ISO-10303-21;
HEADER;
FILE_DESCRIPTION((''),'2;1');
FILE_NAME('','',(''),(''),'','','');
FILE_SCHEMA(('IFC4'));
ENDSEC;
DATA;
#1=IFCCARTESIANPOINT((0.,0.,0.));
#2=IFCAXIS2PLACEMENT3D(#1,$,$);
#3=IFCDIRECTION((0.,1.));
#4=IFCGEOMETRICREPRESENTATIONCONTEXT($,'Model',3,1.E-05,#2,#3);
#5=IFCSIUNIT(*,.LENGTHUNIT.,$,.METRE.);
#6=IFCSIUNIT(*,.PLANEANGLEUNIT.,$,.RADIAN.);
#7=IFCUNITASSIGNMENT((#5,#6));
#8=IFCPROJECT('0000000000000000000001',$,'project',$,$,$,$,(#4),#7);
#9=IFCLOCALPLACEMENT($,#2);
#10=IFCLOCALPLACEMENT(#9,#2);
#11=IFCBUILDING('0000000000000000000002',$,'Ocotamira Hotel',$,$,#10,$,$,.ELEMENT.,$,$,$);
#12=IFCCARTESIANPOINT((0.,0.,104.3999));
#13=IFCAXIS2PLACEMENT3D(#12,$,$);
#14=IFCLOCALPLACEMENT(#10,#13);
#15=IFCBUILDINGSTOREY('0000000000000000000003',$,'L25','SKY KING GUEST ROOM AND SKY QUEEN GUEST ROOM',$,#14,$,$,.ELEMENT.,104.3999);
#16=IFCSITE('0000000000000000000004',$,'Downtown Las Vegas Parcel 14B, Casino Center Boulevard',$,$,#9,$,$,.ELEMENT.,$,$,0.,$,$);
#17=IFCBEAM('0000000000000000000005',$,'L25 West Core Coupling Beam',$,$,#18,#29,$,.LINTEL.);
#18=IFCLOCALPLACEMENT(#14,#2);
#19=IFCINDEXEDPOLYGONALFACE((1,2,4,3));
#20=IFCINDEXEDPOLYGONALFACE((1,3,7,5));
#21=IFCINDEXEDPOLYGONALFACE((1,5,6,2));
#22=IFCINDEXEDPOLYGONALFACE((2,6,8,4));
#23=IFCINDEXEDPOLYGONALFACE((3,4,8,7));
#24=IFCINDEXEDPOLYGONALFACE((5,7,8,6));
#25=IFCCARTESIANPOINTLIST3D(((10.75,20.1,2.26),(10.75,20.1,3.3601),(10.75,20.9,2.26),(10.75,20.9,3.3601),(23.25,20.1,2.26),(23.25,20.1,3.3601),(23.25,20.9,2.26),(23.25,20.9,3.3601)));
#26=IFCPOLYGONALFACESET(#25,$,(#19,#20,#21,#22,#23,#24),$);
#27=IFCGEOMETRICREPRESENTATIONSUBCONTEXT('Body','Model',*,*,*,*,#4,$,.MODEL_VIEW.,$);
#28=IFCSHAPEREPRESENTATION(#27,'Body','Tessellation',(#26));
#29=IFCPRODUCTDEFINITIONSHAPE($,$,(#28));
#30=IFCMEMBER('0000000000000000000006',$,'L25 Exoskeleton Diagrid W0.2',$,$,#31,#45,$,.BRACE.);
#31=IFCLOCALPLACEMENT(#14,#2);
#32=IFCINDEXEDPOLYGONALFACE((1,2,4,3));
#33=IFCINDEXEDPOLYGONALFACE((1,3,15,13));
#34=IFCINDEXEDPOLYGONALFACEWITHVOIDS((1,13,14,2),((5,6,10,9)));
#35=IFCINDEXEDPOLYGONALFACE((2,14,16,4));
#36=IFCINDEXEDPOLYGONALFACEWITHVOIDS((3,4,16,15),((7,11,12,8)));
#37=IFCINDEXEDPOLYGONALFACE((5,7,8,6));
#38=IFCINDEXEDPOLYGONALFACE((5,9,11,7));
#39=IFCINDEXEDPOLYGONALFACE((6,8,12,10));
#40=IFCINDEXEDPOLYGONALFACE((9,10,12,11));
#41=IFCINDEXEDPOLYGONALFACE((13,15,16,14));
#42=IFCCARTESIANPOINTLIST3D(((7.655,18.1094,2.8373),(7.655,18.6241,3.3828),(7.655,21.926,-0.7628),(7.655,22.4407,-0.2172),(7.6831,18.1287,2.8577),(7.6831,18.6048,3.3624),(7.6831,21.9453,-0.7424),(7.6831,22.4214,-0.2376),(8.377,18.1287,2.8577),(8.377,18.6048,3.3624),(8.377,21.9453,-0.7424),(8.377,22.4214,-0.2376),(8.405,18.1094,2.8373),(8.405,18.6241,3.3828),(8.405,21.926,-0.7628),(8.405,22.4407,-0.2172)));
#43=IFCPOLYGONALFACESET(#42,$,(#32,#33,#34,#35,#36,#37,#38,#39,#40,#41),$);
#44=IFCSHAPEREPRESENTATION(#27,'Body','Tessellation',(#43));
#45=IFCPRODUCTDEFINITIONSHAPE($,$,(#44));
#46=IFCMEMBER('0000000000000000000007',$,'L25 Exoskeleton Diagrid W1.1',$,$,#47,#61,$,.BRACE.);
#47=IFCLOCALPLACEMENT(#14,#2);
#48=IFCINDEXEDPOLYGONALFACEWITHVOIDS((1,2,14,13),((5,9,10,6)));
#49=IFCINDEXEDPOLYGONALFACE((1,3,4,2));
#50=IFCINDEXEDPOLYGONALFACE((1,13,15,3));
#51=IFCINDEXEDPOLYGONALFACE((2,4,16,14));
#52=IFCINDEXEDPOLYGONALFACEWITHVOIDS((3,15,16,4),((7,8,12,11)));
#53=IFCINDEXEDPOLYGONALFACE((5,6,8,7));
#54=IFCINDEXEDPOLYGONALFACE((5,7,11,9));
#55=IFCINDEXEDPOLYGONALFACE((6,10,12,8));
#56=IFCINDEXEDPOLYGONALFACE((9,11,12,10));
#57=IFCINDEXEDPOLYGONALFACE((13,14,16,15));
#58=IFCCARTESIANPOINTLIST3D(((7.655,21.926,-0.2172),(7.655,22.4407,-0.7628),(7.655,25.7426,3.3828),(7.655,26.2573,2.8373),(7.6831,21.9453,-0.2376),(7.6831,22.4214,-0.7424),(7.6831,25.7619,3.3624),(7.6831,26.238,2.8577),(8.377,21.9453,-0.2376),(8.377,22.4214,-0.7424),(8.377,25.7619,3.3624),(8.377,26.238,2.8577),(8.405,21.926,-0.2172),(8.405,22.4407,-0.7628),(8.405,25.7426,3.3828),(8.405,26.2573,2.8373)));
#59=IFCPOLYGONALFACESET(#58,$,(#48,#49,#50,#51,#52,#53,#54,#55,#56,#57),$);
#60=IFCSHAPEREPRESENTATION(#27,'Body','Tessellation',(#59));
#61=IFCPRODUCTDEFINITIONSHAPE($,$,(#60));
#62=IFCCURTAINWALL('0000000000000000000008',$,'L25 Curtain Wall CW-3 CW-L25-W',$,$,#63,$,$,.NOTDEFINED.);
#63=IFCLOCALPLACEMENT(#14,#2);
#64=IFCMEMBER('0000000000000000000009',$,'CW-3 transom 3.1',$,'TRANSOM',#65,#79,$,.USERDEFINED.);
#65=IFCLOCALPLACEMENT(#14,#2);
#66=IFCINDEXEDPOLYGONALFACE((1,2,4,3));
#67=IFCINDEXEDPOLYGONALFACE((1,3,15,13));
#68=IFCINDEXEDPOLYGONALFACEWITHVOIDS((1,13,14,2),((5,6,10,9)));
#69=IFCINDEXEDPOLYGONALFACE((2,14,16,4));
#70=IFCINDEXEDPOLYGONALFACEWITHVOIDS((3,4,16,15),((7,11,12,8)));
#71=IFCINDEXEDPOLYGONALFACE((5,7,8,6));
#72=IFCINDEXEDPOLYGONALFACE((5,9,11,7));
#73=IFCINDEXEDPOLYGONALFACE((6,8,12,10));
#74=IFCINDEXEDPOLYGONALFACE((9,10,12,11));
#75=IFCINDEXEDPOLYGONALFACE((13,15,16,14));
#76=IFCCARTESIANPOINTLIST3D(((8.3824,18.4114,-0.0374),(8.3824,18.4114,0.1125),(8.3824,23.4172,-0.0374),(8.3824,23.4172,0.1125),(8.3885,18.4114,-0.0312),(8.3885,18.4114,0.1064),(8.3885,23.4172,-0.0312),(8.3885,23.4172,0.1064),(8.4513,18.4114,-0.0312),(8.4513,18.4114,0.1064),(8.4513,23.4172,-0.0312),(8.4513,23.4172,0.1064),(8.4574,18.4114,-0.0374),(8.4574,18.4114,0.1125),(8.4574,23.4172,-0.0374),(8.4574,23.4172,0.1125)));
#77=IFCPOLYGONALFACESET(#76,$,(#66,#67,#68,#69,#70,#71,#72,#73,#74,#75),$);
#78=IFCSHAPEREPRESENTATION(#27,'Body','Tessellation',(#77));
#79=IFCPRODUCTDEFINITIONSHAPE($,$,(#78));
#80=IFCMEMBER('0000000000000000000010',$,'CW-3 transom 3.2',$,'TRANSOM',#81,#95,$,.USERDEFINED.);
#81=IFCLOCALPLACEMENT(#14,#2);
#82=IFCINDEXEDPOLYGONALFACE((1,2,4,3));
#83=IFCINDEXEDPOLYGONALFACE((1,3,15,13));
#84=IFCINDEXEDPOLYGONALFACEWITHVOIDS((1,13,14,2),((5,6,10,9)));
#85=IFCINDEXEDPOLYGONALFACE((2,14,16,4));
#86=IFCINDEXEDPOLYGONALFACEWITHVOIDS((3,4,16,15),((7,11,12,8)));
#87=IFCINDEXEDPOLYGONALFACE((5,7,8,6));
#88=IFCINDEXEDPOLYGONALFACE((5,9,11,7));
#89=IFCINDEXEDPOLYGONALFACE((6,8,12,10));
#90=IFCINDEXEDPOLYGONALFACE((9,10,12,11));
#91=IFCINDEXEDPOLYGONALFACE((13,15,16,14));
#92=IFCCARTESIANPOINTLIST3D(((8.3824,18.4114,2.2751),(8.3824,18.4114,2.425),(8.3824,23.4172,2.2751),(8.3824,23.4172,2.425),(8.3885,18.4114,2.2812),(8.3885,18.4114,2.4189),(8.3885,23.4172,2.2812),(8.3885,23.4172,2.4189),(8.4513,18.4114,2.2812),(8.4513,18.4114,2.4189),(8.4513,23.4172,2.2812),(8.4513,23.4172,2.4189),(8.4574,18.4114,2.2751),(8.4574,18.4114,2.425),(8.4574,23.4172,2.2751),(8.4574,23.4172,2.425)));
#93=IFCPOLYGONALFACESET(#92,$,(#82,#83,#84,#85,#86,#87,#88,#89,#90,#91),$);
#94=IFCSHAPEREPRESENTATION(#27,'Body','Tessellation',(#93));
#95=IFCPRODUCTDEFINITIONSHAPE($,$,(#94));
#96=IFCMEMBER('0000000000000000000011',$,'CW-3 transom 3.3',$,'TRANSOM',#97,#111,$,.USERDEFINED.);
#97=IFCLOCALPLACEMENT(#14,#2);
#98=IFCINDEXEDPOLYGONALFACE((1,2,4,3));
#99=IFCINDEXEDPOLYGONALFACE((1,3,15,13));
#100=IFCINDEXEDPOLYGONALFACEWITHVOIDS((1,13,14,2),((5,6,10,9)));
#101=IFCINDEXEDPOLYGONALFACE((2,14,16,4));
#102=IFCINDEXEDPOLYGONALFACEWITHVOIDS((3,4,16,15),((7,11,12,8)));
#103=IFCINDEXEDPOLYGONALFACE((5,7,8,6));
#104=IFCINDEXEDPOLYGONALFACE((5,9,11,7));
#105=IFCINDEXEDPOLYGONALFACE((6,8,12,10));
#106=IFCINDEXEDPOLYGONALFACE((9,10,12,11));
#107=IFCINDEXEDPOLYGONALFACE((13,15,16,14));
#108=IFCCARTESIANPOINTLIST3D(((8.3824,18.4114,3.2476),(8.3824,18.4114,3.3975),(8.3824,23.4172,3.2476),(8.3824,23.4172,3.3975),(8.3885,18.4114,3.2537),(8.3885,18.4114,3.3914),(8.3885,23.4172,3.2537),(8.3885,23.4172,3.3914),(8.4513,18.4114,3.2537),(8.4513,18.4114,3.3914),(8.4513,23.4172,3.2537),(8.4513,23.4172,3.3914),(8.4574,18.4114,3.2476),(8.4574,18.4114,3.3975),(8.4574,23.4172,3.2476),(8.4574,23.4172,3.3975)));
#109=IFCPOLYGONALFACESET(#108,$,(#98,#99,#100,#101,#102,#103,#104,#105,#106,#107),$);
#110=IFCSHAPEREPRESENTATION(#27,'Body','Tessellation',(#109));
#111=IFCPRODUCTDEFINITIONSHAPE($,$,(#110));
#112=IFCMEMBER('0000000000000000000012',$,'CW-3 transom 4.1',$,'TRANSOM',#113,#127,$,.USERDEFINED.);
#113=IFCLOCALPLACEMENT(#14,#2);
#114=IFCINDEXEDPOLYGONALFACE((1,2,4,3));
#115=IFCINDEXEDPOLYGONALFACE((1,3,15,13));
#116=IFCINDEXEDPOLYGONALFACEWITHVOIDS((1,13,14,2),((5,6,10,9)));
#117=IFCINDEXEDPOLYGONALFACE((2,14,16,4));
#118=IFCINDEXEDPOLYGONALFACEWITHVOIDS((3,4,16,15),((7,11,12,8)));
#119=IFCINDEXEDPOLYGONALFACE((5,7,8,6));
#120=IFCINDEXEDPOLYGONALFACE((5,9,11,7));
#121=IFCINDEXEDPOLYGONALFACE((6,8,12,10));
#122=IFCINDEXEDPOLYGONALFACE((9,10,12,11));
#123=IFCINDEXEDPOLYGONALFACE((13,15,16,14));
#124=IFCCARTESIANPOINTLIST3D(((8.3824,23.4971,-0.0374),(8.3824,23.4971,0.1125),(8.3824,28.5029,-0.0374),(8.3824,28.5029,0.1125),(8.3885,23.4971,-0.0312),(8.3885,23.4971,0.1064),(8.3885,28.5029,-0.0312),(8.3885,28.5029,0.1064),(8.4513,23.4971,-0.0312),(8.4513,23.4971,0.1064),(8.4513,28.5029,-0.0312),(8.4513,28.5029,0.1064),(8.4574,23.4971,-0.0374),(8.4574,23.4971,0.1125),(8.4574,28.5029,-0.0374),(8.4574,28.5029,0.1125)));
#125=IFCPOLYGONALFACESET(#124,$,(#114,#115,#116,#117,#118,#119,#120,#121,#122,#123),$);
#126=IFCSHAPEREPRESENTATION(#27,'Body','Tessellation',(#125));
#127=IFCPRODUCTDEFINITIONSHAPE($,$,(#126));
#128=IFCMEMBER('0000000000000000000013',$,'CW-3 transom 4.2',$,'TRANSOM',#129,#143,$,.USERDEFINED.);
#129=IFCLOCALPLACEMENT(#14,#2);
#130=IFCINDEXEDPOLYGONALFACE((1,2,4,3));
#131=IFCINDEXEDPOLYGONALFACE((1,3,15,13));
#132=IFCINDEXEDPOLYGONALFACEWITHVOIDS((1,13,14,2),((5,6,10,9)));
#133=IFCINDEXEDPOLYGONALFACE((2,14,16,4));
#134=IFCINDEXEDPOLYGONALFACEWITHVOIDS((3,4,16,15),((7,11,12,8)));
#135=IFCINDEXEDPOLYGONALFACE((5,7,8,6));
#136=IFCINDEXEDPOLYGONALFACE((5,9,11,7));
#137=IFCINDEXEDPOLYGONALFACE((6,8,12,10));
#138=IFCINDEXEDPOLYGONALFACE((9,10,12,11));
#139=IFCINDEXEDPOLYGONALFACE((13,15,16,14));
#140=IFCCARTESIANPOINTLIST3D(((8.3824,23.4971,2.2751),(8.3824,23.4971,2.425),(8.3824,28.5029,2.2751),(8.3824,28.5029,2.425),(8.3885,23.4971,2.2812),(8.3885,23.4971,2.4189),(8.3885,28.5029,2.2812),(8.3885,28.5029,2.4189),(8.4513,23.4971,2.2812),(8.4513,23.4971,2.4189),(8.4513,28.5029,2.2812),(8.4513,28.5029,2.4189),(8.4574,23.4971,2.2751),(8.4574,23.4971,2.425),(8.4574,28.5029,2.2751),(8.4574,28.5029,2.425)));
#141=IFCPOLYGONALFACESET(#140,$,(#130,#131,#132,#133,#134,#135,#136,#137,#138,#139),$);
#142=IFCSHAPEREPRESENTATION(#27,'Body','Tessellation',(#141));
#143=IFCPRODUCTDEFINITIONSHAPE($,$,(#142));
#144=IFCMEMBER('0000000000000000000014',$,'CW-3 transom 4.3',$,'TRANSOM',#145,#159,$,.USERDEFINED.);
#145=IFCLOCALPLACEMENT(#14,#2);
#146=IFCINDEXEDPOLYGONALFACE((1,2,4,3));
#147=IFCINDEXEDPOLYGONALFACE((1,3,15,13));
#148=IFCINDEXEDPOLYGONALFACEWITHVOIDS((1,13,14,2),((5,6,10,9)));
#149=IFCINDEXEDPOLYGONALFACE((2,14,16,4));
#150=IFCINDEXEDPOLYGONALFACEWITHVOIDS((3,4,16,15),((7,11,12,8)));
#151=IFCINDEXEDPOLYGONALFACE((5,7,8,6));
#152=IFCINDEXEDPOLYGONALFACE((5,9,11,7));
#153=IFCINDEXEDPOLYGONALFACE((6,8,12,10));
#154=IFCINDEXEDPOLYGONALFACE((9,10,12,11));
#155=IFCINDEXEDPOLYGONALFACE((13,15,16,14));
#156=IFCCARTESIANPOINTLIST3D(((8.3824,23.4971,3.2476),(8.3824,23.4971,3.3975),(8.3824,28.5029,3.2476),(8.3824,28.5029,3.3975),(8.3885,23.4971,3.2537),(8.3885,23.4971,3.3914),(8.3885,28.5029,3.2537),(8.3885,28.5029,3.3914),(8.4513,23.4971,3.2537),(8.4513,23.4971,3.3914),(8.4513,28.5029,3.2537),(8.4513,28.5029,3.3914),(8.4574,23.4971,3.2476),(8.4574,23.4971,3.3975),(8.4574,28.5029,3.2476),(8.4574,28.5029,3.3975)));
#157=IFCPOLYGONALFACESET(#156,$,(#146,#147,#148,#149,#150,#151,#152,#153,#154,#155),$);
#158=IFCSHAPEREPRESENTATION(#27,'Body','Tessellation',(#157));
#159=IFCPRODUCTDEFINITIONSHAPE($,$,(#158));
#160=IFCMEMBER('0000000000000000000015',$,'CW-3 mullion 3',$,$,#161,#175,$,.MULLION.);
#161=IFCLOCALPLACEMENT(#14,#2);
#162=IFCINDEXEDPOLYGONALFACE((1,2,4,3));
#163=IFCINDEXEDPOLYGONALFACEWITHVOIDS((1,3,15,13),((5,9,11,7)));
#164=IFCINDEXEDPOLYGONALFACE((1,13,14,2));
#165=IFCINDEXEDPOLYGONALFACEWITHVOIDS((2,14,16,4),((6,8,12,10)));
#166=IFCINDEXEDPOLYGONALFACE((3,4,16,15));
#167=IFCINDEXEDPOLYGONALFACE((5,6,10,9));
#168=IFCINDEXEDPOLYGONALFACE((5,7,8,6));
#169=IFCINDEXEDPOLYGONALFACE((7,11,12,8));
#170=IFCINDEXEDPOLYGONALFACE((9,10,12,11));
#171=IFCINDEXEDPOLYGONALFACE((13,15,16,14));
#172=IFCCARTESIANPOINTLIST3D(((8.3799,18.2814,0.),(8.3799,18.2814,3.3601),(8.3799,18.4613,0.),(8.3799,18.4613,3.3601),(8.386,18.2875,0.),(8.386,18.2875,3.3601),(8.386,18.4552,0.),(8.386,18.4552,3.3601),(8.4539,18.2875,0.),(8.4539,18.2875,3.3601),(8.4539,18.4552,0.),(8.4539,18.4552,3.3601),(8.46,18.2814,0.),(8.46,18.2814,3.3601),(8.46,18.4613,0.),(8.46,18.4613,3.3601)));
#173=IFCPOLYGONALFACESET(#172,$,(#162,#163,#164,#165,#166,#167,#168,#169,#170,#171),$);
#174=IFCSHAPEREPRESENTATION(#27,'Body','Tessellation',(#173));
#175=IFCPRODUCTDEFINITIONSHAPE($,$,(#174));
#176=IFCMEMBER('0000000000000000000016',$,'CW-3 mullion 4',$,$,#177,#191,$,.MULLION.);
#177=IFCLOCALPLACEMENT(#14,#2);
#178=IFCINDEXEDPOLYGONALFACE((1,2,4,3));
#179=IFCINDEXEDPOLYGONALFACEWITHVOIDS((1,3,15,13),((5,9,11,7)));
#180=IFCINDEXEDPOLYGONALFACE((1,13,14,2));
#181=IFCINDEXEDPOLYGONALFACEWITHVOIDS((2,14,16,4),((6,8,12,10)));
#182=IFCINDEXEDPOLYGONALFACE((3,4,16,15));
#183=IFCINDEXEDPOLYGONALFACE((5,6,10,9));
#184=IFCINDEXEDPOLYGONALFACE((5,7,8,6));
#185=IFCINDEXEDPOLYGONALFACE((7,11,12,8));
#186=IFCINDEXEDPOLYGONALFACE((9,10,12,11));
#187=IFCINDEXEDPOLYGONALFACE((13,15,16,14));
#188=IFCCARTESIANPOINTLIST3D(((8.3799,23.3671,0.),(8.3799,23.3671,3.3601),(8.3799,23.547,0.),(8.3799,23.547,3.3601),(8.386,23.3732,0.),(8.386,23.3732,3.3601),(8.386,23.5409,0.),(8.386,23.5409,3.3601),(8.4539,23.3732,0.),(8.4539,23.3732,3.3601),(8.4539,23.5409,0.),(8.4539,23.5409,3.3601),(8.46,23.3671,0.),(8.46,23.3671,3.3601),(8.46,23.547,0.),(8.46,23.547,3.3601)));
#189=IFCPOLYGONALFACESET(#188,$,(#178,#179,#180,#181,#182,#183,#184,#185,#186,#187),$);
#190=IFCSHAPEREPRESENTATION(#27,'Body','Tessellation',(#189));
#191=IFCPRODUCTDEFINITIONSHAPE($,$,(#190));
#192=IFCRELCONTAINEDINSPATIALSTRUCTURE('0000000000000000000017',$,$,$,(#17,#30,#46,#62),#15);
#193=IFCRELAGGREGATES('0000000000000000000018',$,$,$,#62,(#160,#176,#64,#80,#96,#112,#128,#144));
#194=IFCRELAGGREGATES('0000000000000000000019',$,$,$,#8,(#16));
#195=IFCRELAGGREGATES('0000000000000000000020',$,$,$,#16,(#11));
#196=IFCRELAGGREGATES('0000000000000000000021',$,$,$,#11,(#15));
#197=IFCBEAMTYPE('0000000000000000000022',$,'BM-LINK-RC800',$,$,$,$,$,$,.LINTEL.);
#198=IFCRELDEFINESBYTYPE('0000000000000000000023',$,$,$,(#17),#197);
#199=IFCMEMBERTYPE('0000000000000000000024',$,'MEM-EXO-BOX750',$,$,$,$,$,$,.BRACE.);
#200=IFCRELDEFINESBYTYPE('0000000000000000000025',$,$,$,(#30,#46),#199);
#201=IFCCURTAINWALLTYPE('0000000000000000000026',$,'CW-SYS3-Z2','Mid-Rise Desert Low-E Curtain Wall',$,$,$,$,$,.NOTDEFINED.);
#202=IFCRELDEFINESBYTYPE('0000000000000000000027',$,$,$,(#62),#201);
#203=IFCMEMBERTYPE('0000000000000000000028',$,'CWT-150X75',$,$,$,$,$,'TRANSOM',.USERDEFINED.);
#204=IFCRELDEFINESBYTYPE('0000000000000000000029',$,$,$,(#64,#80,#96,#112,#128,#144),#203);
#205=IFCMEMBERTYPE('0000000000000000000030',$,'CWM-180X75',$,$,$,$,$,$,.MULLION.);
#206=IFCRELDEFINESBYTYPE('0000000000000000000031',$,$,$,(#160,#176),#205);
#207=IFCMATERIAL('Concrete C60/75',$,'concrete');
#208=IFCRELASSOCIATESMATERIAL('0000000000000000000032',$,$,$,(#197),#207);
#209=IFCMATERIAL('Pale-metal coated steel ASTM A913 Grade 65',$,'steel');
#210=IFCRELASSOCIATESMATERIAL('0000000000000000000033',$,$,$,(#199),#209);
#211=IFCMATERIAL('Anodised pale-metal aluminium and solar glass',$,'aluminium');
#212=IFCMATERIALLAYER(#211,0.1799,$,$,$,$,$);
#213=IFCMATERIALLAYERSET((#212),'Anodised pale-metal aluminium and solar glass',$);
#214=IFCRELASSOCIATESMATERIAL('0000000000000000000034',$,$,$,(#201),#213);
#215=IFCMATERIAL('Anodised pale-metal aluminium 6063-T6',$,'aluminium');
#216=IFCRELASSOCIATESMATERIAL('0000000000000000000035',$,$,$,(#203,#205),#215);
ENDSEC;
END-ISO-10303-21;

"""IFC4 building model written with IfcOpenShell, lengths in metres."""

from ifc_helpers import new_model, si_unit, direction, frame, origin, origin_2d, place, context, subcontext, project, spatial, rectangle, hollow_rectangle, extrude, source, transform, mapped, material, layer, layer_set, material_profile, profile_set, type_object, element, aggregate, save


model = new_model("IFC4")

# Units and contexts
model_context = context("Model", 3, precision=1e-05, world=origin(), true_north=direction((0.0, 1.0)))
body_context = subcontext(model_context, "Body", "Model", "MODEL_VIEW")
ifc_project = project(units=[si_unit("LENGTHUNIT", "METRE"), si_unit("PLANEANGLEUNIT", "RADIAN")], contexts=[model_context])

# Site, building, storey
site_placement = place(None, origin())
site = spatial("IfcSite", under=ifc_project, at=site_placement, Name="Downtown Las Vegas Parcel 14B, Casino Center Boulevard", CompositionType="ELEMENT", RefElevation=0.0)
building_placement = place(site_placement, origin())
building = spatial("IfcBuilding", under=site, at=building_placement, Name="Ocotamira Hotel", CompositionType="ELEMENT")
storey_placement = place(building_placement, frame((0.0, 0.0, 104.3999)))
storey = spatial("IfcBuildingStorey", under=building, at=storey_placement, Name="L25", Description="SKY KING GUEST ROOM AND SKY QUEEN GUEST ROOM", CompositionType="ELEMENT", Elevation=104.3999)

# Beam
ifc_material_1 = material(Name="Concrete C60/75", Category="concrete")
ifc_material_profile_1 = material_profile(ifc_material_1, rectangle(XDim=0.8, YDim=1.1001, at=origin_2d()), Name="RC800X1100")
ifc_profile_set_1 = profile_set([ifc_material_profile_1], Name="Concrete C60/75")
beam_type = type_object("IfcBeamType", Name="BM-LINK-RC800", PredefinedType="LINTEL", material=ifc_profile_set_1)
shared_shape_1 = source(origin(), body_context, "Body", "SweptSolid", [
    extrude(rectangle(XDim=0.8, YDim=1.1001, at=origin_2d()), origin(), (0.0, 0.0, 1.0), 12.5),
])
beam_placement = place(storey_placement, frame((10.75, 20.5, 2.8101), z_axis=(1.0, 0.0, 0.0), x_axis=(0.0, 1.0, 0.0)))
element("IfcBeam", 1, at=beam_placement, inside=storey, type_object=beam_type, Name="L25 West Core Coupling Beam", PredefinedType="LINTEL", context=body_context, shape_type="MappedRepresentation", body=[
    mapped(shared_shape_1, transform((0.0, 0.0, 0.0), scale=1.0)),
])

# Members
ifc_material_2 = material(Name="Pale-metal coated steel ASTM A913 Grade 65", Category="steel")
ifc_material_profile_2 = material_profile(ifc_material_2, hollow_rectangle(XDim=0.75, YDim=0.75, WallThickness=0.0281, at=origin_2d()), Name="BOX750X750X28")
ifc_profile_set_2 = profile_set([ifc_material_profile_2], Name="Pale-metal coated steel ASTM A913 Grade 65")
member_type_1 = type_object("IfcMemberType", Name="MEM-EXO-BOX750", PredefinedType="BRACE", material=ifc_profile_set_2)
shared_shape_2 = source(origin(), body_context, "Body", "SweptSolid", [
    extrude(hollow_rectangle(XDim=0.75, YDim=0.75, WallThickness=0.0281, at=origin_2d()), origin(), (0.0, 0.0, 1.0), 5.2466),
])
for number, where, z_axis, x_axis, name in (
    (2, (8.03, 22.1833, -0.49), (0.0, -0.727443, 0.686168), (1.0, 0.0, 0.0), "L25 Exoskeleton Diagrid W0.2"),
    (3, (8.03, 22.1833, -0.49), (0.0, 0.727443, 0.686168), (-1.0, 0.0, 0.0), "L25 Exoskeleton Diagrid W1.1"),
):
    element("IfcMember", number, at=place(storey_placement, frame(where, z_axis=z_axis, x_axis=x_axis)), inside=storey, type_object=member_type_1, Name=name, PredefinedType="BRACE", context=body_context, shape_type="MappedRepresentation", body=[
        mapped(shared_shape_2, transform((0.0, 0.0, 0.0), scale=1.0)),
    ])

# Curtain wall, members
ifc_material_3 = material(Name="Anodised pale-metal aluminium and solar glass", Category="aluminium")
ifc_layer_1 = layer(ifc_material_3, 0.1799)
ifc_layer_set_1 = layer_set([ifc_layer_1], Name="Anodised pale-metal aluminium and solar glass")
curtain_wall_type = type_object("IfcCurtainWallType", Name="CW-SYS3-Z2", Description="Mid-Rise Desert Low-E Curtain Wall", PredefinedType="NOTDEFINED", material=ifc_layer_set_1)
curtain_wall_placement = place(storey_placement, origin())
curtain_wall = element("IfcCurtainWall", 4, at=curtain_wall_placement, inside=storey, type_object=curtain_wall_type, Name="L25 Curtain Wall CW-3 CW-L25-W", PredefinedType="NOTDEFINED")
ifc_material_4 = material(Name="Anodised pale-metal aluminium 6063-T6", Category="aluminium")
ifc_material_profile_3 = material_profile(ifc_material_4, hollow_rectangle(XDim=0.075, YDim=0.1499, WallThickness=0.0061, at=origin_2d()), Name="HSS150X75X6")
ifc_profile_set_3 = profile_set([ifc_material_profile_3], Name="Anodised pale-metal aluminium 6063-T6")
member_type_2 = type_object("IfcMemberType", Name="CWT-150X75", ElementType="TRANSOM", PredefinedType="USERDEFINED", material=ifc_profile_set_3)
shared_shape_3 = source(origin(), body_context, "Body", "SweptSolid", [
    extrude(hollow_rectangle(XDim=0.075, YDim=0.1499, WallThickness=0.0061, at=origin_2d()), origin(), (0.0, 0.0, 1.0), 5.0059),
])
member_1_placement = place(storey_placement, frame((8.4199, 18.4114, 0.0376), z_axis=(0.0, 1.0, 0.0), x_axis=(-1.0, 0.0, 0.0)))
member_1 = element("IfcMember", 5, at=member_1_placement, type_object=member_type_2, Name="CW-3 transom 3.1", ObjectType="TRANSOM", PredefinedType="USERDEFINED", context=body_context, shape_type="MappedRepresentation", body=[
    mapped(shared_shape_3, transform((0.0, 0.0, 0.0), scale=1.0)),
])
member_2_placement = place(storey_placement, frame((8.4199, 18.4114, 2.3501), z_axis=(0.0, 1.0, 0.0), x_axis=(-1.0, 0.0, 0.0)))
member_2 = element("IfcMember", 6, at=member_2_placement, type_object=member_type_2, Name="CW-3 transom 3.2", ObjectType="TRANSOM", PredefinedType="USERDEFINED", context=body_context, shape_type="MappedRepresentation", body=[
    mapped(shared_shape_3, transform((0.0, 0.0, 0.0), scale=1.0)),
])
member_3_placement = place(storey_placement, frame((8.4199, 18.4114, 3.3225), z_axis=(0.0, 1.0, 0.0), x_axis=(-1.0, 0.0, 0.0)))
member_3 = element("IfcMember", 7, at=member_3_placement, type_object=member_type_2, Name="CW-3 transom 3.3", ObjectType="TRANSOM", PredefinedType="USERDEFINED", context=body_context, shape_type="MappedRepresentation", body=[
    mapped(shared_shape_3, transform((0.0, 0.0, 0.0), scale=1.0)),
])
member_4_placement = place(storey_placement, frame((8.4199, 23.4971, 0.0376), z_axis=(0.0, 1.0, 0.0), x_axis=(-1.0, 0.0, 0.0)))
member_4 = element("IfcMember", 8, at=member_4_placement, type_object=member_type_2, Name="CW-3 transom 4.1", ObjectType="TRANSOM", PredefinedType="USERDEFINED", context=body_context, shape_type="MappedRepresentation", body=[
    mapped(shared_shape_3, transform((0.0, 0.0, 0.0), scale=1.0)),
])
member_5_placement = place(storey_placement, frame((8.4199, 23.4971, 2.3501), z_axis=(0.0, 1.0, 0.0), x_axis=(-1.0, 0.0, 0.0)))
member_5 = element("IfcMember", 9, at=member_5_placement, type_object=member_type_2, Name="CW-3 transom 4.2", ObjectType="TRANSOM", PredefinedType="USERDEFINED", context=body_context, shape_type="MappedRepresentation", body=[
    mapped(shared_shape_3, transform((0.0, 0.0, 0.0), scale=1.0)),
])
member_6_placement = place(storey_placement, frame((8.4199, 23.4971, 3.3225), z_axis=(0.0, 1.0, 0.0), x_axis=(-1.0, 0.0, 0.0)))
member_6 = element("IfcMember", 10, at=member_6_placement, type_object=member_type_2, Name="CW-3 transom 4.3", ObjectType="TRANSOM", PredefinedType="USERDEFINED", context=body_context, shape_type="MappedRepresentation", body=[
    mapped(shared_shape_3, transform((0.0, 0.0, 0.0), scale=1.0)),
])
ifc_material_profile_4 = material_profile(ifc_material_4, hollow_rectangle(XDim=0.0801, YDim=0.1799, WallThickness=0.0061, at=origin_2d()), Name="HSS180X80X6")
ifc_profile_set_4 = profile_set([ifc_material_profile_4], Name="Anodised pale-metal aluminium 6063-T6")
member_type_3 = type_object("IfcMemberType", Name="CWM-180X75", PredefinedType="MULLION", material=ifc_profile_set_4)
shared_shape_4 = source(origin(), body_context, "Body", "SweptSolid", [
    extrude(hollow_rectangle(XDim=0.0801, YDim=0.1799, WallThickness=0.0061, at=origin_2d()), origin(), (0.0, 0.0, 1.0), 3.3601),
])
member_7_placement = place(storey_placement, frame((8.4199, 18.3713, 0.0), z_axis=(0.0, 0.0, 1.0), x_axis=(-1.0, 0.0, 0.0)))
member_7 = element("IfcMember", 11, at=member_7_placement, type_object=member_type_3, Name="CW-3 mullion 3", PredefinedType="MULLION", context=body_context, shape_type="MappedRepresentation", body=[
    mapped(shared_shape_4, transform((0.0, 0.0, 0.0), scale=1.0)),
])
member_8_placement = place(storey_placement, frame((8.4199, 23.457, 0.0), z_axis=(0.0, 0.0, 1.0), x_axis=(-1.0, 0.0, 0.0)))
member_8 = element("IfcMember", 12, at=member_8_placement, type_object=member_type_3, Name="CW-3 mullion 4", PredefinedType="MULLION", context=body_context, shape_type="MappedRepresentation", body=[
    mapped(shared_shape_4, transform((0.0, 0.0, 0.0), scale=1.0)),
])

aggregate(curtain_wall, [member_7, member_8, member_1, member_2, member_3, member_4, member_5, member_6])

save(model, "model.ifc")
